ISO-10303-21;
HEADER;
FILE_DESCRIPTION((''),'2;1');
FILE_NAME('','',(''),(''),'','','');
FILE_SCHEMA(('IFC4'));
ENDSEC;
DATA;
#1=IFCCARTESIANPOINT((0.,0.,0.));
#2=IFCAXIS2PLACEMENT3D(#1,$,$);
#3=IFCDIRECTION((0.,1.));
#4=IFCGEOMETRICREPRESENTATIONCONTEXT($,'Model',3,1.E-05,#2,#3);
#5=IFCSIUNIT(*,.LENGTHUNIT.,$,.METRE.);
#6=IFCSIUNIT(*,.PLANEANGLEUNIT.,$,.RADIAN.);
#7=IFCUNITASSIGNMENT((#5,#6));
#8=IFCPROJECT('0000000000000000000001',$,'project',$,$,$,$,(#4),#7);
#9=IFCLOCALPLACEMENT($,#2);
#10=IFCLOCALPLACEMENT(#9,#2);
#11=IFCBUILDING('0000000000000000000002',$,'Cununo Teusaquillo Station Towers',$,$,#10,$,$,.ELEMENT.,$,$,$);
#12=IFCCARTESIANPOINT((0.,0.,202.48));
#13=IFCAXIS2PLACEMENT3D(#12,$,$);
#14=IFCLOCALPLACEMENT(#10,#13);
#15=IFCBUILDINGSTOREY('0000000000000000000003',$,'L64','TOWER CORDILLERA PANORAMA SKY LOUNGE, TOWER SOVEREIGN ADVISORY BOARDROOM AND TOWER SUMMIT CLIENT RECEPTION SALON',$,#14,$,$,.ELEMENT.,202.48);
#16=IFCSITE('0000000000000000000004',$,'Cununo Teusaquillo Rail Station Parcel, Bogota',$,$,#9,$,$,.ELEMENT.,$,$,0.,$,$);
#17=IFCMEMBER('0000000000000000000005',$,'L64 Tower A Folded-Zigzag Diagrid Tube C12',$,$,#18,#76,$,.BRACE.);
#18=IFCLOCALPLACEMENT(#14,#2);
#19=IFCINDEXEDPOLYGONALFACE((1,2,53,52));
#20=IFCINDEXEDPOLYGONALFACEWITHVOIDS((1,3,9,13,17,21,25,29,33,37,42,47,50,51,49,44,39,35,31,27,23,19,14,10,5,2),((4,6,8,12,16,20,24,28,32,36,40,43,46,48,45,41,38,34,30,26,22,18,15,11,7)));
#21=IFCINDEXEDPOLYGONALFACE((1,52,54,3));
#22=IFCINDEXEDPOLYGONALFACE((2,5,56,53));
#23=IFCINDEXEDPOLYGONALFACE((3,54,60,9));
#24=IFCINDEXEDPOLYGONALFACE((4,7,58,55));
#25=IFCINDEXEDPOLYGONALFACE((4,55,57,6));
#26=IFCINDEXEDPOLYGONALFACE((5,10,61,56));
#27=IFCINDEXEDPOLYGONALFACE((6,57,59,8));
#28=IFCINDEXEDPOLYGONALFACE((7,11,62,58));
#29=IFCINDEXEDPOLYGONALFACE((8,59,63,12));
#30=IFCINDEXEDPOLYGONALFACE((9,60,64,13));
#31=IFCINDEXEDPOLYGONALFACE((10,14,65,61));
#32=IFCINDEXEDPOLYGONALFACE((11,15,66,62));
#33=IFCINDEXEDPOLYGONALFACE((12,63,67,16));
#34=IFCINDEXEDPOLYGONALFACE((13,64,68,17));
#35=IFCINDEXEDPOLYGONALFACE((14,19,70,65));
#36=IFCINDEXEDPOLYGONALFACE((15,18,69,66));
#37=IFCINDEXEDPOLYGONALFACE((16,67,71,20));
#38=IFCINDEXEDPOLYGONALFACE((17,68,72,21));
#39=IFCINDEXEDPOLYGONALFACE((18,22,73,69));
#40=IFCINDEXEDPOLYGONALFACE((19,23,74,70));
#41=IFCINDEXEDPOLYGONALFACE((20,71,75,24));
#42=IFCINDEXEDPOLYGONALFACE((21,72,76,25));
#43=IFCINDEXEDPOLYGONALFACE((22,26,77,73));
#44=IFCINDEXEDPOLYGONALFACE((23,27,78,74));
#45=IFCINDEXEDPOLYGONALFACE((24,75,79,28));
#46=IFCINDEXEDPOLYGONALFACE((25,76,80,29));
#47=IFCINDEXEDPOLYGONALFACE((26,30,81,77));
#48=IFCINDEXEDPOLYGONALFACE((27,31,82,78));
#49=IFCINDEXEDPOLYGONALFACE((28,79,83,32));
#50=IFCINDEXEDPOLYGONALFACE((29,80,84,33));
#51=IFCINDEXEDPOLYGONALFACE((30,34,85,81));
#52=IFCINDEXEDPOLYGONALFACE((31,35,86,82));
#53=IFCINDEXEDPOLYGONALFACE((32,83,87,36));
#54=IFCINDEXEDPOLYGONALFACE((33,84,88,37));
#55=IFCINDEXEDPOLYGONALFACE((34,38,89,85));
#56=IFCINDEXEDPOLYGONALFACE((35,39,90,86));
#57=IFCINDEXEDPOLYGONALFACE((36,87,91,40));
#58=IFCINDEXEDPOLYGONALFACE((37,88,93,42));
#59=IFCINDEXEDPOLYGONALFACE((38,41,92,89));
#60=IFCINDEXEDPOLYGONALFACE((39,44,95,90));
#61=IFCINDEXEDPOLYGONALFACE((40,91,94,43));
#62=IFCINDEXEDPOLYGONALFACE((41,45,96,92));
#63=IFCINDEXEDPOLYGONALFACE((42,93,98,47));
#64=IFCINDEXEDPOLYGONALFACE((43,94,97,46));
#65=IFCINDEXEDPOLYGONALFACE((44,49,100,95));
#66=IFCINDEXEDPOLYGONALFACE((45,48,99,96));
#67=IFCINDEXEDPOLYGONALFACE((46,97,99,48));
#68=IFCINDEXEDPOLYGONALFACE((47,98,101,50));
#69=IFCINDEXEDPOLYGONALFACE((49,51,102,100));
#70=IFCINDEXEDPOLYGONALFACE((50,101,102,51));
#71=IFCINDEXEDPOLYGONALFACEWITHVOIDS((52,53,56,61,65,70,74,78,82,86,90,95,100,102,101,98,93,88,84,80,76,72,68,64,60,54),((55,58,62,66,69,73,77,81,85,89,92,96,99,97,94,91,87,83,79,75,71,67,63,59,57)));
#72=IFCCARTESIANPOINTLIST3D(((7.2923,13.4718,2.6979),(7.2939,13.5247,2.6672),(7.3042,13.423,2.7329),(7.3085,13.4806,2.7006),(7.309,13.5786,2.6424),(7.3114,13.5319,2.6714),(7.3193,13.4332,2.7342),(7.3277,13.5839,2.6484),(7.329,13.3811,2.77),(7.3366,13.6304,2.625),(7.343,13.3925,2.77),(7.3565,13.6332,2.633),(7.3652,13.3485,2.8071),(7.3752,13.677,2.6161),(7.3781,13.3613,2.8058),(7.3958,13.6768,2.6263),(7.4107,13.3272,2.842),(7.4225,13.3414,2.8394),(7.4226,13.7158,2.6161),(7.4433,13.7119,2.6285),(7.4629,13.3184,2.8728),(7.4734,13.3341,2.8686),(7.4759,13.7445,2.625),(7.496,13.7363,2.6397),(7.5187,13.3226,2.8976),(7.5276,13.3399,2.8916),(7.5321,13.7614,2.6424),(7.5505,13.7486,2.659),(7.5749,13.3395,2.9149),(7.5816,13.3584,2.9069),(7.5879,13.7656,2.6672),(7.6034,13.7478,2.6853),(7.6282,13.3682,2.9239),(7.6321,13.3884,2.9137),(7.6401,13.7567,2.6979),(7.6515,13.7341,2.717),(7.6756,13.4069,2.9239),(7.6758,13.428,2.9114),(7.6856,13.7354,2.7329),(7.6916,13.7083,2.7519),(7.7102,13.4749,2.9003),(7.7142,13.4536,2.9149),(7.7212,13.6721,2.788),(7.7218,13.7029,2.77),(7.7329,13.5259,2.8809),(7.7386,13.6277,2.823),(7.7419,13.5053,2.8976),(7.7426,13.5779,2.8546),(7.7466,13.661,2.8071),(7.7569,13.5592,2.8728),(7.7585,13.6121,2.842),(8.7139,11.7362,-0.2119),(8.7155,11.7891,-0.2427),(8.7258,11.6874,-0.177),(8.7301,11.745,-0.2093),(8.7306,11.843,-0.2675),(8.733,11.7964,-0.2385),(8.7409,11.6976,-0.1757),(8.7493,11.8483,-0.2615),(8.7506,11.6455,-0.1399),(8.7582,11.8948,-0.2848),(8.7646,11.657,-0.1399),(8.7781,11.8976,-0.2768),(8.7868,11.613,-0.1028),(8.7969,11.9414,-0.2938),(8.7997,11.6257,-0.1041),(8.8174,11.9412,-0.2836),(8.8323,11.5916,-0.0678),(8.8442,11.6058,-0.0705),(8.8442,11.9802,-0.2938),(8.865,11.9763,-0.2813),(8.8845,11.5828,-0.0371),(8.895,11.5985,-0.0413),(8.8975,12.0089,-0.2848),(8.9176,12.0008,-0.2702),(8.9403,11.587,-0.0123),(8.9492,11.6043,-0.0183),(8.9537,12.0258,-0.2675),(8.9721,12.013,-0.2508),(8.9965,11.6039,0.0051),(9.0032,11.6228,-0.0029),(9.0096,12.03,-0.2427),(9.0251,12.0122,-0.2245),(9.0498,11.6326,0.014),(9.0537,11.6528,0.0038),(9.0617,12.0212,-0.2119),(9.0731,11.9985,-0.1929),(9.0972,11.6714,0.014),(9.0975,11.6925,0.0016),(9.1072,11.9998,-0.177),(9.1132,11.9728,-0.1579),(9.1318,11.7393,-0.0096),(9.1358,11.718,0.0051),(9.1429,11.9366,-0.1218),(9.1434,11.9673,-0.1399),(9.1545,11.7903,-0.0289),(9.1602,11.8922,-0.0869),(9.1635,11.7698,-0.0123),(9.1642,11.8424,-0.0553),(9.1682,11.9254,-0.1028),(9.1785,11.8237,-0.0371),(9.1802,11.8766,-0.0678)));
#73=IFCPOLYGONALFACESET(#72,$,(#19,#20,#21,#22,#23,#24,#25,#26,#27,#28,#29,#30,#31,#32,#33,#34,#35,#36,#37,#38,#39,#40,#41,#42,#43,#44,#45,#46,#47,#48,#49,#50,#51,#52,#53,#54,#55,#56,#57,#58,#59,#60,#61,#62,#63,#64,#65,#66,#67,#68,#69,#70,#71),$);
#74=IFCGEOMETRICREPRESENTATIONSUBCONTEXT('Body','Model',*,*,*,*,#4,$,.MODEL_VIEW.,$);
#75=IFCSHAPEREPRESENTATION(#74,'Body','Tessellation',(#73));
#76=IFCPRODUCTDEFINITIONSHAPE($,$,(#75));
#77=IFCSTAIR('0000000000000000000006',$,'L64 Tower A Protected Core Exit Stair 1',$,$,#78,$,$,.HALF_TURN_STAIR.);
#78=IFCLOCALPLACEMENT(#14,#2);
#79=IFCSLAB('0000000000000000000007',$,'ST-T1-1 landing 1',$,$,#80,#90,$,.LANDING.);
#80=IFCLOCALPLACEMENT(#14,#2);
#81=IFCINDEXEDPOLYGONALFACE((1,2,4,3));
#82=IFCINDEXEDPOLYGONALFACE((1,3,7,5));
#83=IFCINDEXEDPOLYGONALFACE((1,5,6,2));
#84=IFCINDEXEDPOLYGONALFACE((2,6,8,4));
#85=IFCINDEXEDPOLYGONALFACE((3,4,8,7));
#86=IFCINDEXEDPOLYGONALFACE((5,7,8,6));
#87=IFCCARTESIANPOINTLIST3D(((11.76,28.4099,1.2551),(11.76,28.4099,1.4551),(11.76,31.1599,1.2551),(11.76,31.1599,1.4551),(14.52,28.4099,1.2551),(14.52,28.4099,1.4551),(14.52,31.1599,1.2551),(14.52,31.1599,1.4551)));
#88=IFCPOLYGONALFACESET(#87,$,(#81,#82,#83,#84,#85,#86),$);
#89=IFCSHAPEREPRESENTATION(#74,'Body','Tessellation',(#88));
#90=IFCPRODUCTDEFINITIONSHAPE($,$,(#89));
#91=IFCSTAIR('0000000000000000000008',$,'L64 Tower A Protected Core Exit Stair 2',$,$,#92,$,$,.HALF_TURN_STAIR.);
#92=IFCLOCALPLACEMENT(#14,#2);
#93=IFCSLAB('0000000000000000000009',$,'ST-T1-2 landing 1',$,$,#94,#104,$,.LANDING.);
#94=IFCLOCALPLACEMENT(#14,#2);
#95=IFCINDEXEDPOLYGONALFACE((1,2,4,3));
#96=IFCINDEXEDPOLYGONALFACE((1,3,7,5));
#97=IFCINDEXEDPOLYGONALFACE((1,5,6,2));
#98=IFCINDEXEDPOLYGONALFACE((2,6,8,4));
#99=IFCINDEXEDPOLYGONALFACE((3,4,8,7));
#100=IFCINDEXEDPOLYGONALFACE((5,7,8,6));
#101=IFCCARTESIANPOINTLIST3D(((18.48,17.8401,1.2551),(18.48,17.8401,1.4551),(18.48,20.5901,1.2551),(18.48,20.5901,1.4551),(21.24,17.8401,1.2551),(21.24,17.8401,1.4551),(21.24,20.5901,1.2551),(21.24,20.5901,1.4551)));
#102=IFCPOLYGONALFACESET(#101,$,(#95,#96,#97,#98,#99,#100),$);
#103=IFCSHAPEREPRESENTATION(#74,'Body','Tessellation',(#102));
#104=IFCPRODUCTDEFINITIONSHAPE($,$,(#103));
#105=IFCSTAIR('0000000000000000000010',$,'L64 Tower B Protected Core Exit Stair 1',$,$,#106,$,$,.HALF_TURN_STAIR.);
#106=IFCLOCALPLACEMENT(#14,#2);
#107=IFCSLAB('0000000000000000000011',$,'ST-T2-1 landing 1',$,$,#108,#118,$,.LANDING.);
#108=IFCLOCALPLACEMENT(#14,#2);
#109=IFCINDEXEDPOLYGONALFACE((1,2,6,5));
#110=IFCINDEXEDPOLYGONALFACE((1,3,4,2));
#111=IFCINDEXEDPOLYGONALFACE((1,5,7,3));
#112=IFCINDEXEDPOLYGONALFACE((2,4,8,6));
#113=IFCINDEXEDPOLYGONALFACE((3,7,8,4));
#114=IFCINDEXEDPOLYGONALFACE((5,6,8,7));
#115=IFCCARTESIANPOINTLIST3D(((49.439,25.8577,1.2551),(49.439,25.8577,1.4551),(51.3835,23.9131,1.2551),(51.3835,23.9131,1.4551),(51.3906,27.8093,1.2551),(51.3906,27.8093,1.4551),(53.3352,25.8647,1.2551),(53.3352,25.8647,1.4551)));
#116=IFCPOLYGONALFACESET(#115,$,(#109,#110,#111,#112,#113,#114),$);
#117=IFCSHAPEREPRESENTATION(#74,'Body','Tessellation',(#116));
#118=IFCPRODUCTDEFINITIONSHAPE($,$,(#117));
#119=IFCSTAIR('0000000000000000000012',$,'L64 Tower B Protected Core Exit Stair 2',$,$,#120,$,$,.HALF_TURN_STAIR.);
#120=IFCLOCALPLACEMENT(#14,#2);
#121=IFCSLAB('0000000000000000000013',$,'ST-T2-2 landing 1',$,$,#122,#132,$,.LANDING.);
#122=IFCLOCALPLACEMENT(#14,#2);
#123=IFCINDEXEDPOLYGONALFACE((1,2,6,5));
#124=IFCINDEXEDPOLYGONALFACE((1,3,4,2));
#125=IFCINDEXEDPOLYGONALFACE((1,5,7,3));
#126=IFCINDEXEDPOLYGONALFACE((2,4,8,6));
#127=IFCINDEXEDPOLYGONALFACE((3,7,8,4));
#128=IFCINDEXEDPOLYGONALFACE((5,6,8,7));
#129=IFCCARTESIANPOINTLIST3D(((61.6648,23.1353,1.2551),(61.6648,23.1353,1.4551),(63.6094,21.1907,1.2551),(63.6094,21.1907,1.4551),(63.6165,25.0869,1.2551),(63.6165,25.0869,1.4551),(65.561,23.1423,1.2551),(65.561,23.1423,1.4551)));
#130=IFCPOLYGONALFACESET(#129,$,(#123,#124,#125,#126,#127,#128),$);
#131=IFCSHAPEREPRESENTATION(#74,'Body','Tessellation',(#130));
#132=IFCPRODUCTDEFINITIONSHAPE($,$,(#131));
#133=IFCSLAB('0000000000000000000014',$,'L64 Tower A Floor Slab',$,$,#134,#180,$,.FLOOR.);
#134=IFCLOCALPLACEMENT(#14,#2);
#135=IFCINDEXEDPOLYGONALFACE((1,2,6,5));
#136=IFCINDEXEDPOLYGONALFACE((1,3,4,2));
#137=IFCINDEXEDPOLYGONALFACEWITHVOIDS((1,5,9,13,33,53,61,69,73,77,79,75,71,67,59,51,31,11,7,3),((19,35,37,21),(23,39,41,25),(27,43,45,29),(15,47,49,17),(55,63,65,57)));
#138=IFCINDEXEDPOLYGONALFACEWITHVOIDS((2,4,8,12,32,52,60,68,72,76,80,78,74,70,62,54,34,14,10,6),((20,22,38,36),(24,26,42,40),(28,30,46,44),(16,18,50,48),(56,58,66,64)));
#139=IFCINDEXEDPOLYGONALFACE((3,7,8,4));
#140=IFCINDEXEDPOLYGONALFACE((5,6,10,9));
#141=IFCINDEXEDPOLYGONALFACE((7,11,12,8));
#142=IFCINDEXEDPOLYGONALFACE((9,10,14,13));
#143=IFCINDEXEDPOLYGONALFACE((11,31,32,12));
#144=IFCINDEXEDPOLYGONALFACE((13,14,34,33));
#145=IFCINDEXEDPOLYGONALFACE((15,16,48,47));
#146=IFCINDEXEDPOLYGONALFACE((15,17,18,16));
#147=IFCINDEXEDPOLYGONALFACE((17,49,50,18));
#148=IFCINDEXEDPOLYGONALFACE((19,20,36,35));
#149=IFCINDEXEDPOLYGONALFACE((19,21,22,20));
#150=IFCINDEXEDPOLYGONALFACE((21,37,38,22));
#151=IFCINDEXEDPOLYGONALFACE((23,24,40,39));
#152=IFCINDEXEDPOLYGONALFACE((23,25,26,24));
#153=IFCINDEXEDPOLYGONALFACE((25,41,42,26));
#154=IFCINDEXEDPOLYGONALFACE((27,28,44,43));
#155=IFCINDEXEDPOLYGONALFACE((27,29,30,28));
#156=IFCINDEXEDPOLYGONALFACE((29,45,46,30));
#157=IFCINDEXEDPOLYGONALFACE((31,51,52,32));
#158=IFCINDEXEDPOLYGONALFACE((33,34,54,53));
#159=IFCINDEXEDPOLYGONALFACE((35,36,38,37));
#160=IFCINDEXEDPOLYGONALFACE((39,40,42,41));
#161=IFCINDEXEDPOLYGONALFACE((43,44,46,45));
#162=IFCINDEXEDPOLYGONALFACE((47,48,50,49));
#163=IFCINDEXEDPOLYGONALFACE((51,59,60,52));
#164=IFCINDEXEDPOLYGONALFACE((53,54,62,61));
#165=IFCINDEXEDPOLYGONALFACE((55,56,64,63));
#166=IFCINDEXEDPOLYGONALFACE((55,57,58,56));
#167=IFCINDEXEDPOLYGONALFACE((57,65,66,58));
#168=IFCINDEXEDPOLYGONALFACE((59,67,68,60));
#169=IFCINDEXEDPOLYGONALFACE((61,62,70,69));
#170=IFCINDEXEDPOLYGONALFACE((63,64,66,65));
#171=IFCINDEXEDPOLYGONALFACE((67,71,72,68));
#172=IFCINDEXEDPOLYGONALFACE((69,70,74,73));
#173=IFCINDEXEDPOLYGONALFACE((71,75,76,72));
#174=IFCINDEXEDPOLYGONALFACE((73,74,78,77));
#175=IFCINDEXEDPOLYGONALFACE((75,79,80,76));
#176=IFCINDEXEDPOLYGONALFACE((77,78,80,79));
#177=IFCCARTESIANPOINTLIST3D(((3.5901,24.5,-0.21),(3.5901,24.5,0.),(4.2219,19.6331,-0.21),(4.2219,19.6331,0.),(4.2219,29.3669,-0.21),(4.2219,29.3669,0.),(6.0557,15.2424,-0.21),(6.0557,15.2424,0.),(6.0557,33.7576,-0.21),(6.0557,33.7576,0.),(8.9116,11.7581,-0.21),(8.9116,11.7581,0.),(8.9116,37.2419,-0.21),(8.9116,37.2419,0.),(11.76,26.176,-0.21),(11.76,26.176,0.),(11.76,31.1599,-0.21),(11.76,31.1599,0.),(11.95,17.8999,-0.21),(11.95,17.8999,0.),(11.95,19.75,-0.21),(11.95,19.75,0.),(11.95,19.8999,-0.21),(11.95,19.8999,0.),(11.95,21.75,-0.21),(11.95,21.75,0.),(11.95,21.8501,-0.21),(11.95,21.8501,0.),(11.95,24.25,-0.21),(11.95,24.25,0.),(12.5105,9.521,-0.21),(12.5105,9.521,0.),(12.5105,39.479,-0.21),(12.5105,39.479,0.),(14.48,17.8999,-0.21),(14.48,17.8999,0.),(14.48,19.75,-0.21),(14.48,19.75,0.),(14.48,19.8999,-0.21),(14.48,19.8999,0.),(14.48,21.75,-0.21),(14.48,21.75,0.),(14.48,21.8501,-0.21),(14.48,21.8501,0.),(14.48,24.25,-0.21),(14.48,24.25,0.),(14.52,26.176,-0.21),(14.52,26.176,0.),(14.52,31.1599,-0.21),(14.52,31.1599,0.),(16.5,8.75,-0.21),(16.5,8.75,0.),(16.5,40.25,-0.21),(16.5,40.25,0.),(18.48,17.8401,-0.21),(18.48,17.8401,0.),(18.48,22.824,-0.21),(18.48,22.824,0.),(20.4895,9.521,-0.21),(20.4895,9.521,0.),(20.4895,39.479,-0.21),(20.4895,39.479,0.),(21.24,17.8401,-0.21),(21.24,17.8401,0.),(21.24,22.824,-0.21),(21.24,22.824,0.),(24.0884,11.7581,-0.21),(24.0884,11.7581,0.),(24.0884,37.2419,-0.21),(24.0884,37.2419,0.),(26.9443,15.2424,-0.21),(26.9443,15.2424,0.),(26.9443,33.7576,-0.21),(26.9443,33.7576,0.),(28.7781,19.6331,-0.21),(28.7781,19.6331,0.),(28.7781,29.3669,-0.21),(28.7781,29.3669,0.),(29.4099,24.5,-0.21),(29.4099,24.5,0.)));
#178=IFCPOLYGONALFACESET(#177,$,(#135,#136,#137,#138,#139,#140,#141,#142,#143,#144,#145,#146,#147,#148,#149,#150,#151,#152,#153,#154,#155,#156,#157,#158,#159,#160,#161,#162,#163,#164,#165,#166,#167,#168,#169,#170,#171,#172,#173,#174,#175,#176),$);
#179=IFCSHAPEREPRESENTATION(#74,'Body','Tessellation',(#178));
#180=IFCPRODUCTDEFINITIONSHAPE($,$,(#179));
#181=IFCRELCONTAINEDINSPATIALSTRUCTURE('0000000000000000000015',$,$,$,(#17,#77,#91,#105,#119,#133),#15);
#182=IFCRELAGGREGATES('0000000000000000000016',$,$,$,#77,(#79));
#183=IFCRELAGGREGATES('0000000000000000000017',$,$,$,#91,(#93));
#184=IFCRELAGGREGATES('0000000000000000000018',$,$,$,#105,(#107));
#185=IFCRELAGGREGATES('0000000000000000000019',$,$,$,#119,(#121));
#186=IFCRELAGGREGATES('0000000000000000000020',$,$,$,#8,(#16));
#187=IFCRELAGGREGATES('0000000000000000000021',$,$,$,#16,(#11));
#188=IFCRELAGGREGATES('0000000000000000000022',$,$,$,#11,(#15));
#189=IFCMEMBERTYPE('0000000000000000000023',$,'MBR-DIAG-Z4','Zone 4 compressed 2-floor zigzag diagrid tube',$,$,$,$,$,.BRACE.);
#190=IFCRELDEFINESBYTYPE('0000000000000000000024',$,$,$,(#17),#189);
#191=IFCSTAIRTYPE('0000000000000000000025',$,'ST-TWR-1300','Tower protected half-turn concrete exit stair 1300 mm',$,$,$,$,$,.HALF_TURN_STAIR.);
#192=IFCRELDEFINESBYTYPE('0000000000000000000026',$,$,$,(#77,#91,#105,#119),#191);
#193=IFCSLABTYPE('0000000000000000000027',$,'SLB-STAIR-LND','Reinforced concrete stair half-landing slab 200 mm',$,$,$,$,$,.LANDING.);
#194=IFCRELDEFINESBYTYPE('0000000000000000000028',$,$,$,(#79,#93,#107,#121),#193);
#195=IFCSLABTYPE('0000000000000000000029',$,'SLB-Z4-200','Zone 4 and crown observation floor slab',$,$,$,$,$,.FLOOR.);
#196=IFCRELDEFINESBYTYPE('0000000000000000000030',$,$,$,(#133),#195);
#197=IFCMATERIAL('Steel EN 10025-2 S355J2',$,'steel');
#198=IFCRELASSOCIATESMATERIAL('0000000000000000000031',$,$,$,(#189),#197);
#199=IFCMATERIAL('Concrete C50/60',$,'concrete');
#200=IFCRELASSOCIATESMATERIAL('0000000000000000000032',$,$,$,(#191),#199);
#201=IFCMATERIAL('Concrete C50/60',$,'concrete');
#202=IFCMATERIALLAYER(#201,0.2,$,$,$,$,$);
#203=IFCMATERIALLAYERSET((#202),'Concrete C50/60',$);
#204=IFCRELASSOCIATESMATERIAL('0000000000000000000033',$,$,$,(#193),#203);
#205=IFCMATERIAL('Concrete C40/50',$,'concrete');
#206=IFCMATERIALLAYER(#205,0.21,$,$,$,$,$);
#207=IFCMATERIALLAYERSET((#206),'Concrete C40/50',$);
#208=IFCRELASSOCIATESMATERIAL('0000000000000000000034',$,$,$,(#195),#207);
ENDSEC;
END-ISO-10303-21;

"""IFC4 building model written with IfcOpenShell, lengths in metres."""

from ifc_helpers import new_model, si_unit, direction, frame, origin, origin_2d, place, context, subcontext, project, spatial, polyline, hollow_circle, outline, extrude, material, layer, layer_set, material_profile, profile_set, type_object, element, aggregate, save


model = new_model("IFC4")

# Units and contexts
model_context = context("Model", 3, precision=1e-05, world=origin(), true_north=direction((0.0, 1.0)))
body_context = subcontext(model_context, "Body", "Model", "MODEL_VIEW")
ifc_project = project(units=[si_unit("LENGTHUNIT", "METRE"), si_unit("PLANEANGLEUNIT", "RADIAN")], contexts=[model_context])

# Site, building, storey
site_placement = place(None, origin())
site = spatial("IfcSite", under=ifc_project, at=site_placement, Name="Cununo Teusaquillo Rail Station Parcel, Bogota", CompositionType="ELEMENT", RefElevation=0.0)
building_placement = place(site_placement, origin())
building = spatial("IfcBuilding", under=site, at=building_placement, Name="Cununo Teusaquillo Station Towers", CompositionType="ELEMENT")
storey_placement = place(building_placement, frame((0.0, 0.0, 202.48)))
storey = spatial("IfcBuildingStorey", under=building, at=storey_placement, Name="L64", Description="TOWER CORDILLERA PANORAMA SKY LOUNGE, TOWER SOVEREIGN ADVISORY BOARDROOM AND TOWER SUMMIT CLIENT RECEPTION SALON", CompositionType="ELEMENT", Elevation=202.48)

# Member
ifc_material_1 = material(Name="Steel EN 10025-2 S355J2", Category="steel")
ifc_material_profile_1 = material_profile(ifc_material_1, hollow_circle(Radius=0.2539, WallThickness=0.0181, at=origin_2d()), Name="CHS 508x18")
ifc_profile_set_1 = profile_set([ifc_material_profile_1], Name="Steel EN 10025-2 S355J2")
member_type = type_object("IfcMemberType", Name="MBR-DIAG-Z4", Description="Zone 4 compressed 2-floor zigzag diagrid tube", PredefinedType="BRACE", material=ifc_profile_set_1)
member_placement = place(storey_placement, frame((8.947, 11.8064, -0.1399), z_axis=(-0.386906, 0.472353, 0.791951), x_axis=(-0.773608, -0.633664, 0.0)))
element("IfcMember", 1, at=member_placement, inside=storey, type_object=member_type, Name="L64 Tower A Folded-Zigzag Diagrid Tube C12", PredefinedType="BRACE", context=body_context, shape_type="SweptSolid", body=[
    extrude(hollow_circle(Radius=0.2539, WallThickness=0.0181, at=origin_2d()), origin(), (0.0, 0.0, 1.0), 3.6743),
])

# Stairs, slabs
ifc_material_2 = material(Name="Concrete C50/60", Category="concrete")
stair_type = type_object("IfcStairType", Name="ST-TWR-1300", Description="Tower protected half-turn concrete exit stair 1300 mm", PredefinedType="HALF_TURN_STAIR", material=ifc_material_2)
stair_1_placement = place(storey_placement, origin())
stair_1 = element("IfcStair", 2, at=stair_1_placement, inside=storey, type_object=stair_type, Name="L64 Tower A Protected Core Exit Stair 1", PredefinedType="HALF_TURN_STAIR")
ifc_material_3 = material(Name="Concrete C50/60", Category="concrete")
ifc_layer_1 = layer(ifc_material_3, 0.2)
ifc_layer_set_1 = layer_set([ifc_layer_1], Name="Concrete C50/60")
slab_type_1 = type_object("IfcSlabType", Name="SLB-STAIR-LND", Description="Reinforced concrete stair half-landing slab 200 mm", PredefinedType="LANDING", material=ifc_layer_set_1)
slab_1_placement = place(storey_placement, frame((0.0, 0.0, 1.2551)))
slab_1 = element("IfcSlab", 3, at=slab_1_placement, type_object=slab_type_1, Name="ST-T1-1 landing 1", PredefinedType="LANDING", context=body_context, shape_type="SweptSolid", body=[
    extrude(outline(polyline([(14.52, 28.4099), (14.52, 31.1599), (11.76, 31.1599), (11.76, 28.4099), (14.52, 28.4099)])), origin(), (0.0, 0.0, 1.0), 0.2),
])
aggregate(stair_1, [slab_1])
stair_2_placement = place(storey_placement, origin())
stair_2 = element("IfcStair", 4, at=stair_2_placement, inside=storey, type_object=stair_type, Name="L64 Tower A Protected Core Exit Stair 2", PredefinedType="HALF_TURN_STAIR")
slab_2_placement = place(storey_placement, frame((0.0, 0.0, 1.2551)))
slab_2 = element("IfcSlab", 5, at=slab_2_placement, type_object=slab_type_1, Name="ST-T1-2 landing 1", PredefinedType="LANDING", context=body_context, shape_type="SweptSolid", body=[
    extrude(outline(polyline([(18.48, 20.5901), (18.48, 17.8401), (21.24, 17.8401), (21.24, 20.5901), (18.48, 20.5901)])), origin(), (0.0, 0.0, 1.0), 0.2),
])
aggregate(stair_2, [slab_2])
stair_3_placement = place(storey_placement, origin())
stair_3 = element("IfcStair", 6, at=stair_3_placement, inside=storey, type_object=stair_type, Name="L64 Tower B Protected Core Exit Stair 1", PredefinedType="HALF_TURN_STAIR")
slab_3_placement = place(storey_placement, frame((0.0, 0.0, 1.2551)))
slab_3 = element("IfcSlab", 7, at=slab_3_placement, type_object=slab_type_1, Name="ST-T2-1 landing 1", PredefinedType="LANDING", context=body_context, shape_type="SweptSolid", body=[
    extrude(outline(polyline([(53.3352, 25.8647), (51.3906, 27.8093), (49.439, 25.8577), (51.3835, 23.9131), (53.3352, 25.8647)])), origin(), (0.0, 0.0, 1.0), 0.2),
])
aggregate(stair_3, [slab_3])
stair_4_placement = place(storey_placement, origin())
stair_4 = element("IfcStair", 8, at=stair_4_placement, inside=storey, type_object=stair_type, Name="L64 Tower B Protected Core Exit Stair 2", PredefinedType="HALF_TURN_STAIR")
slab_4_placement = place(storey_placement, frame((0.0, 0.0, 1.2551)))
slab_4 = element("IfcSlab", 9, at=slab_4_placement, type_object=slab_type_1, Name="ST-T2-2 landing 1", PredefinedType="LANDING", context=body_context, shape_type="SweptSolid", body=[
    extrude(outline(polyline([(61.6648, 23.1353), (63.6094, 21.1907), (65.561, 23.1423), (63.6165, 25.0869), (61.6648, 23.1353)])), origin(), (0.0, 0.0, 1.0), 0.2),
])
aggregate(stair_4, [slab_4])

# Slab
ifc_material_4 = material(Name="Concrete C40/50", Category="concrete")
ifc_layer_2 = layer(ifc_material_4, 0.21)
ifc_layer_set_2 = layer_set([ifc_layer_2], Name="Concrete C40/50")
slab_type_2 = type_object("IfcSlabType", Name="SLB-Z4-200", Description="Zone 4 and crown observation floor slab", PredefinedType="FLOOR", material=ifc_layer_set_2)
slab_5_placement = place(storey_placement, frame((0.0, 0.0, -0.21)))
element("IfcSlab", 10, at=slab_5_placement, inside=storey, type_object=slab_type_2, Name="L64 Tower A Floor Slab", PredefinedType="FLOOR", context=body_context, shape_type="SweptSolid", body=[
    extrude(outline(polyline([(29.4099, 24.5), (28.7781, 29.3669), (26.9443, 33.7576), (24.0884, 37.2419), (20.4895, 39.479), (16.5, 40.25), (12.5105, 39.479), (8.9116, 37.2419), (6.0557, 33.7576), (4.2219, 29.3669), (3.5901, 24.5), (4.2219, 19.6331), (6.0557, 15.2424), (8.9116, 11.7581), (12.5105, 9.521), (16.5, 8.75), (20.4895, 9.521), (24.0884, 11.7581), (26.9443, 15.2424), (28.7781, 19.6331), (29.4099, 24.5)]), holes=[polyline([(14.52, 26.176), (14.52, 31.1599), (11.76, 31.1599), (11.76, 26.176), (14.52, 26.176)]), polyline([(18.48, 22.824), (18.48, 17.8401), (21.24, 17.8401), (21.24, 22.824), (18.48, 22.824)]), polyline([(11.95, 21.8501), (14.48, 21.8501), (14.48, 24.25), (11.95, 24.25), (11.95, 21.8501)]), polyline([(11.95, 17.8999), (14.48, 17.8999), (14.48, 19.75), (11.95, 19.75), (11.95, 17.8999)]), polyline([(11.95, 19.8999), (14.48, 19.8999), (14.48, 21.75), (11.95, 21.75), (11.95, 19.8999)])]), origin(), (0.0, 0.0, 1.0), 0.21),
])

save(model, "model.ifc")
